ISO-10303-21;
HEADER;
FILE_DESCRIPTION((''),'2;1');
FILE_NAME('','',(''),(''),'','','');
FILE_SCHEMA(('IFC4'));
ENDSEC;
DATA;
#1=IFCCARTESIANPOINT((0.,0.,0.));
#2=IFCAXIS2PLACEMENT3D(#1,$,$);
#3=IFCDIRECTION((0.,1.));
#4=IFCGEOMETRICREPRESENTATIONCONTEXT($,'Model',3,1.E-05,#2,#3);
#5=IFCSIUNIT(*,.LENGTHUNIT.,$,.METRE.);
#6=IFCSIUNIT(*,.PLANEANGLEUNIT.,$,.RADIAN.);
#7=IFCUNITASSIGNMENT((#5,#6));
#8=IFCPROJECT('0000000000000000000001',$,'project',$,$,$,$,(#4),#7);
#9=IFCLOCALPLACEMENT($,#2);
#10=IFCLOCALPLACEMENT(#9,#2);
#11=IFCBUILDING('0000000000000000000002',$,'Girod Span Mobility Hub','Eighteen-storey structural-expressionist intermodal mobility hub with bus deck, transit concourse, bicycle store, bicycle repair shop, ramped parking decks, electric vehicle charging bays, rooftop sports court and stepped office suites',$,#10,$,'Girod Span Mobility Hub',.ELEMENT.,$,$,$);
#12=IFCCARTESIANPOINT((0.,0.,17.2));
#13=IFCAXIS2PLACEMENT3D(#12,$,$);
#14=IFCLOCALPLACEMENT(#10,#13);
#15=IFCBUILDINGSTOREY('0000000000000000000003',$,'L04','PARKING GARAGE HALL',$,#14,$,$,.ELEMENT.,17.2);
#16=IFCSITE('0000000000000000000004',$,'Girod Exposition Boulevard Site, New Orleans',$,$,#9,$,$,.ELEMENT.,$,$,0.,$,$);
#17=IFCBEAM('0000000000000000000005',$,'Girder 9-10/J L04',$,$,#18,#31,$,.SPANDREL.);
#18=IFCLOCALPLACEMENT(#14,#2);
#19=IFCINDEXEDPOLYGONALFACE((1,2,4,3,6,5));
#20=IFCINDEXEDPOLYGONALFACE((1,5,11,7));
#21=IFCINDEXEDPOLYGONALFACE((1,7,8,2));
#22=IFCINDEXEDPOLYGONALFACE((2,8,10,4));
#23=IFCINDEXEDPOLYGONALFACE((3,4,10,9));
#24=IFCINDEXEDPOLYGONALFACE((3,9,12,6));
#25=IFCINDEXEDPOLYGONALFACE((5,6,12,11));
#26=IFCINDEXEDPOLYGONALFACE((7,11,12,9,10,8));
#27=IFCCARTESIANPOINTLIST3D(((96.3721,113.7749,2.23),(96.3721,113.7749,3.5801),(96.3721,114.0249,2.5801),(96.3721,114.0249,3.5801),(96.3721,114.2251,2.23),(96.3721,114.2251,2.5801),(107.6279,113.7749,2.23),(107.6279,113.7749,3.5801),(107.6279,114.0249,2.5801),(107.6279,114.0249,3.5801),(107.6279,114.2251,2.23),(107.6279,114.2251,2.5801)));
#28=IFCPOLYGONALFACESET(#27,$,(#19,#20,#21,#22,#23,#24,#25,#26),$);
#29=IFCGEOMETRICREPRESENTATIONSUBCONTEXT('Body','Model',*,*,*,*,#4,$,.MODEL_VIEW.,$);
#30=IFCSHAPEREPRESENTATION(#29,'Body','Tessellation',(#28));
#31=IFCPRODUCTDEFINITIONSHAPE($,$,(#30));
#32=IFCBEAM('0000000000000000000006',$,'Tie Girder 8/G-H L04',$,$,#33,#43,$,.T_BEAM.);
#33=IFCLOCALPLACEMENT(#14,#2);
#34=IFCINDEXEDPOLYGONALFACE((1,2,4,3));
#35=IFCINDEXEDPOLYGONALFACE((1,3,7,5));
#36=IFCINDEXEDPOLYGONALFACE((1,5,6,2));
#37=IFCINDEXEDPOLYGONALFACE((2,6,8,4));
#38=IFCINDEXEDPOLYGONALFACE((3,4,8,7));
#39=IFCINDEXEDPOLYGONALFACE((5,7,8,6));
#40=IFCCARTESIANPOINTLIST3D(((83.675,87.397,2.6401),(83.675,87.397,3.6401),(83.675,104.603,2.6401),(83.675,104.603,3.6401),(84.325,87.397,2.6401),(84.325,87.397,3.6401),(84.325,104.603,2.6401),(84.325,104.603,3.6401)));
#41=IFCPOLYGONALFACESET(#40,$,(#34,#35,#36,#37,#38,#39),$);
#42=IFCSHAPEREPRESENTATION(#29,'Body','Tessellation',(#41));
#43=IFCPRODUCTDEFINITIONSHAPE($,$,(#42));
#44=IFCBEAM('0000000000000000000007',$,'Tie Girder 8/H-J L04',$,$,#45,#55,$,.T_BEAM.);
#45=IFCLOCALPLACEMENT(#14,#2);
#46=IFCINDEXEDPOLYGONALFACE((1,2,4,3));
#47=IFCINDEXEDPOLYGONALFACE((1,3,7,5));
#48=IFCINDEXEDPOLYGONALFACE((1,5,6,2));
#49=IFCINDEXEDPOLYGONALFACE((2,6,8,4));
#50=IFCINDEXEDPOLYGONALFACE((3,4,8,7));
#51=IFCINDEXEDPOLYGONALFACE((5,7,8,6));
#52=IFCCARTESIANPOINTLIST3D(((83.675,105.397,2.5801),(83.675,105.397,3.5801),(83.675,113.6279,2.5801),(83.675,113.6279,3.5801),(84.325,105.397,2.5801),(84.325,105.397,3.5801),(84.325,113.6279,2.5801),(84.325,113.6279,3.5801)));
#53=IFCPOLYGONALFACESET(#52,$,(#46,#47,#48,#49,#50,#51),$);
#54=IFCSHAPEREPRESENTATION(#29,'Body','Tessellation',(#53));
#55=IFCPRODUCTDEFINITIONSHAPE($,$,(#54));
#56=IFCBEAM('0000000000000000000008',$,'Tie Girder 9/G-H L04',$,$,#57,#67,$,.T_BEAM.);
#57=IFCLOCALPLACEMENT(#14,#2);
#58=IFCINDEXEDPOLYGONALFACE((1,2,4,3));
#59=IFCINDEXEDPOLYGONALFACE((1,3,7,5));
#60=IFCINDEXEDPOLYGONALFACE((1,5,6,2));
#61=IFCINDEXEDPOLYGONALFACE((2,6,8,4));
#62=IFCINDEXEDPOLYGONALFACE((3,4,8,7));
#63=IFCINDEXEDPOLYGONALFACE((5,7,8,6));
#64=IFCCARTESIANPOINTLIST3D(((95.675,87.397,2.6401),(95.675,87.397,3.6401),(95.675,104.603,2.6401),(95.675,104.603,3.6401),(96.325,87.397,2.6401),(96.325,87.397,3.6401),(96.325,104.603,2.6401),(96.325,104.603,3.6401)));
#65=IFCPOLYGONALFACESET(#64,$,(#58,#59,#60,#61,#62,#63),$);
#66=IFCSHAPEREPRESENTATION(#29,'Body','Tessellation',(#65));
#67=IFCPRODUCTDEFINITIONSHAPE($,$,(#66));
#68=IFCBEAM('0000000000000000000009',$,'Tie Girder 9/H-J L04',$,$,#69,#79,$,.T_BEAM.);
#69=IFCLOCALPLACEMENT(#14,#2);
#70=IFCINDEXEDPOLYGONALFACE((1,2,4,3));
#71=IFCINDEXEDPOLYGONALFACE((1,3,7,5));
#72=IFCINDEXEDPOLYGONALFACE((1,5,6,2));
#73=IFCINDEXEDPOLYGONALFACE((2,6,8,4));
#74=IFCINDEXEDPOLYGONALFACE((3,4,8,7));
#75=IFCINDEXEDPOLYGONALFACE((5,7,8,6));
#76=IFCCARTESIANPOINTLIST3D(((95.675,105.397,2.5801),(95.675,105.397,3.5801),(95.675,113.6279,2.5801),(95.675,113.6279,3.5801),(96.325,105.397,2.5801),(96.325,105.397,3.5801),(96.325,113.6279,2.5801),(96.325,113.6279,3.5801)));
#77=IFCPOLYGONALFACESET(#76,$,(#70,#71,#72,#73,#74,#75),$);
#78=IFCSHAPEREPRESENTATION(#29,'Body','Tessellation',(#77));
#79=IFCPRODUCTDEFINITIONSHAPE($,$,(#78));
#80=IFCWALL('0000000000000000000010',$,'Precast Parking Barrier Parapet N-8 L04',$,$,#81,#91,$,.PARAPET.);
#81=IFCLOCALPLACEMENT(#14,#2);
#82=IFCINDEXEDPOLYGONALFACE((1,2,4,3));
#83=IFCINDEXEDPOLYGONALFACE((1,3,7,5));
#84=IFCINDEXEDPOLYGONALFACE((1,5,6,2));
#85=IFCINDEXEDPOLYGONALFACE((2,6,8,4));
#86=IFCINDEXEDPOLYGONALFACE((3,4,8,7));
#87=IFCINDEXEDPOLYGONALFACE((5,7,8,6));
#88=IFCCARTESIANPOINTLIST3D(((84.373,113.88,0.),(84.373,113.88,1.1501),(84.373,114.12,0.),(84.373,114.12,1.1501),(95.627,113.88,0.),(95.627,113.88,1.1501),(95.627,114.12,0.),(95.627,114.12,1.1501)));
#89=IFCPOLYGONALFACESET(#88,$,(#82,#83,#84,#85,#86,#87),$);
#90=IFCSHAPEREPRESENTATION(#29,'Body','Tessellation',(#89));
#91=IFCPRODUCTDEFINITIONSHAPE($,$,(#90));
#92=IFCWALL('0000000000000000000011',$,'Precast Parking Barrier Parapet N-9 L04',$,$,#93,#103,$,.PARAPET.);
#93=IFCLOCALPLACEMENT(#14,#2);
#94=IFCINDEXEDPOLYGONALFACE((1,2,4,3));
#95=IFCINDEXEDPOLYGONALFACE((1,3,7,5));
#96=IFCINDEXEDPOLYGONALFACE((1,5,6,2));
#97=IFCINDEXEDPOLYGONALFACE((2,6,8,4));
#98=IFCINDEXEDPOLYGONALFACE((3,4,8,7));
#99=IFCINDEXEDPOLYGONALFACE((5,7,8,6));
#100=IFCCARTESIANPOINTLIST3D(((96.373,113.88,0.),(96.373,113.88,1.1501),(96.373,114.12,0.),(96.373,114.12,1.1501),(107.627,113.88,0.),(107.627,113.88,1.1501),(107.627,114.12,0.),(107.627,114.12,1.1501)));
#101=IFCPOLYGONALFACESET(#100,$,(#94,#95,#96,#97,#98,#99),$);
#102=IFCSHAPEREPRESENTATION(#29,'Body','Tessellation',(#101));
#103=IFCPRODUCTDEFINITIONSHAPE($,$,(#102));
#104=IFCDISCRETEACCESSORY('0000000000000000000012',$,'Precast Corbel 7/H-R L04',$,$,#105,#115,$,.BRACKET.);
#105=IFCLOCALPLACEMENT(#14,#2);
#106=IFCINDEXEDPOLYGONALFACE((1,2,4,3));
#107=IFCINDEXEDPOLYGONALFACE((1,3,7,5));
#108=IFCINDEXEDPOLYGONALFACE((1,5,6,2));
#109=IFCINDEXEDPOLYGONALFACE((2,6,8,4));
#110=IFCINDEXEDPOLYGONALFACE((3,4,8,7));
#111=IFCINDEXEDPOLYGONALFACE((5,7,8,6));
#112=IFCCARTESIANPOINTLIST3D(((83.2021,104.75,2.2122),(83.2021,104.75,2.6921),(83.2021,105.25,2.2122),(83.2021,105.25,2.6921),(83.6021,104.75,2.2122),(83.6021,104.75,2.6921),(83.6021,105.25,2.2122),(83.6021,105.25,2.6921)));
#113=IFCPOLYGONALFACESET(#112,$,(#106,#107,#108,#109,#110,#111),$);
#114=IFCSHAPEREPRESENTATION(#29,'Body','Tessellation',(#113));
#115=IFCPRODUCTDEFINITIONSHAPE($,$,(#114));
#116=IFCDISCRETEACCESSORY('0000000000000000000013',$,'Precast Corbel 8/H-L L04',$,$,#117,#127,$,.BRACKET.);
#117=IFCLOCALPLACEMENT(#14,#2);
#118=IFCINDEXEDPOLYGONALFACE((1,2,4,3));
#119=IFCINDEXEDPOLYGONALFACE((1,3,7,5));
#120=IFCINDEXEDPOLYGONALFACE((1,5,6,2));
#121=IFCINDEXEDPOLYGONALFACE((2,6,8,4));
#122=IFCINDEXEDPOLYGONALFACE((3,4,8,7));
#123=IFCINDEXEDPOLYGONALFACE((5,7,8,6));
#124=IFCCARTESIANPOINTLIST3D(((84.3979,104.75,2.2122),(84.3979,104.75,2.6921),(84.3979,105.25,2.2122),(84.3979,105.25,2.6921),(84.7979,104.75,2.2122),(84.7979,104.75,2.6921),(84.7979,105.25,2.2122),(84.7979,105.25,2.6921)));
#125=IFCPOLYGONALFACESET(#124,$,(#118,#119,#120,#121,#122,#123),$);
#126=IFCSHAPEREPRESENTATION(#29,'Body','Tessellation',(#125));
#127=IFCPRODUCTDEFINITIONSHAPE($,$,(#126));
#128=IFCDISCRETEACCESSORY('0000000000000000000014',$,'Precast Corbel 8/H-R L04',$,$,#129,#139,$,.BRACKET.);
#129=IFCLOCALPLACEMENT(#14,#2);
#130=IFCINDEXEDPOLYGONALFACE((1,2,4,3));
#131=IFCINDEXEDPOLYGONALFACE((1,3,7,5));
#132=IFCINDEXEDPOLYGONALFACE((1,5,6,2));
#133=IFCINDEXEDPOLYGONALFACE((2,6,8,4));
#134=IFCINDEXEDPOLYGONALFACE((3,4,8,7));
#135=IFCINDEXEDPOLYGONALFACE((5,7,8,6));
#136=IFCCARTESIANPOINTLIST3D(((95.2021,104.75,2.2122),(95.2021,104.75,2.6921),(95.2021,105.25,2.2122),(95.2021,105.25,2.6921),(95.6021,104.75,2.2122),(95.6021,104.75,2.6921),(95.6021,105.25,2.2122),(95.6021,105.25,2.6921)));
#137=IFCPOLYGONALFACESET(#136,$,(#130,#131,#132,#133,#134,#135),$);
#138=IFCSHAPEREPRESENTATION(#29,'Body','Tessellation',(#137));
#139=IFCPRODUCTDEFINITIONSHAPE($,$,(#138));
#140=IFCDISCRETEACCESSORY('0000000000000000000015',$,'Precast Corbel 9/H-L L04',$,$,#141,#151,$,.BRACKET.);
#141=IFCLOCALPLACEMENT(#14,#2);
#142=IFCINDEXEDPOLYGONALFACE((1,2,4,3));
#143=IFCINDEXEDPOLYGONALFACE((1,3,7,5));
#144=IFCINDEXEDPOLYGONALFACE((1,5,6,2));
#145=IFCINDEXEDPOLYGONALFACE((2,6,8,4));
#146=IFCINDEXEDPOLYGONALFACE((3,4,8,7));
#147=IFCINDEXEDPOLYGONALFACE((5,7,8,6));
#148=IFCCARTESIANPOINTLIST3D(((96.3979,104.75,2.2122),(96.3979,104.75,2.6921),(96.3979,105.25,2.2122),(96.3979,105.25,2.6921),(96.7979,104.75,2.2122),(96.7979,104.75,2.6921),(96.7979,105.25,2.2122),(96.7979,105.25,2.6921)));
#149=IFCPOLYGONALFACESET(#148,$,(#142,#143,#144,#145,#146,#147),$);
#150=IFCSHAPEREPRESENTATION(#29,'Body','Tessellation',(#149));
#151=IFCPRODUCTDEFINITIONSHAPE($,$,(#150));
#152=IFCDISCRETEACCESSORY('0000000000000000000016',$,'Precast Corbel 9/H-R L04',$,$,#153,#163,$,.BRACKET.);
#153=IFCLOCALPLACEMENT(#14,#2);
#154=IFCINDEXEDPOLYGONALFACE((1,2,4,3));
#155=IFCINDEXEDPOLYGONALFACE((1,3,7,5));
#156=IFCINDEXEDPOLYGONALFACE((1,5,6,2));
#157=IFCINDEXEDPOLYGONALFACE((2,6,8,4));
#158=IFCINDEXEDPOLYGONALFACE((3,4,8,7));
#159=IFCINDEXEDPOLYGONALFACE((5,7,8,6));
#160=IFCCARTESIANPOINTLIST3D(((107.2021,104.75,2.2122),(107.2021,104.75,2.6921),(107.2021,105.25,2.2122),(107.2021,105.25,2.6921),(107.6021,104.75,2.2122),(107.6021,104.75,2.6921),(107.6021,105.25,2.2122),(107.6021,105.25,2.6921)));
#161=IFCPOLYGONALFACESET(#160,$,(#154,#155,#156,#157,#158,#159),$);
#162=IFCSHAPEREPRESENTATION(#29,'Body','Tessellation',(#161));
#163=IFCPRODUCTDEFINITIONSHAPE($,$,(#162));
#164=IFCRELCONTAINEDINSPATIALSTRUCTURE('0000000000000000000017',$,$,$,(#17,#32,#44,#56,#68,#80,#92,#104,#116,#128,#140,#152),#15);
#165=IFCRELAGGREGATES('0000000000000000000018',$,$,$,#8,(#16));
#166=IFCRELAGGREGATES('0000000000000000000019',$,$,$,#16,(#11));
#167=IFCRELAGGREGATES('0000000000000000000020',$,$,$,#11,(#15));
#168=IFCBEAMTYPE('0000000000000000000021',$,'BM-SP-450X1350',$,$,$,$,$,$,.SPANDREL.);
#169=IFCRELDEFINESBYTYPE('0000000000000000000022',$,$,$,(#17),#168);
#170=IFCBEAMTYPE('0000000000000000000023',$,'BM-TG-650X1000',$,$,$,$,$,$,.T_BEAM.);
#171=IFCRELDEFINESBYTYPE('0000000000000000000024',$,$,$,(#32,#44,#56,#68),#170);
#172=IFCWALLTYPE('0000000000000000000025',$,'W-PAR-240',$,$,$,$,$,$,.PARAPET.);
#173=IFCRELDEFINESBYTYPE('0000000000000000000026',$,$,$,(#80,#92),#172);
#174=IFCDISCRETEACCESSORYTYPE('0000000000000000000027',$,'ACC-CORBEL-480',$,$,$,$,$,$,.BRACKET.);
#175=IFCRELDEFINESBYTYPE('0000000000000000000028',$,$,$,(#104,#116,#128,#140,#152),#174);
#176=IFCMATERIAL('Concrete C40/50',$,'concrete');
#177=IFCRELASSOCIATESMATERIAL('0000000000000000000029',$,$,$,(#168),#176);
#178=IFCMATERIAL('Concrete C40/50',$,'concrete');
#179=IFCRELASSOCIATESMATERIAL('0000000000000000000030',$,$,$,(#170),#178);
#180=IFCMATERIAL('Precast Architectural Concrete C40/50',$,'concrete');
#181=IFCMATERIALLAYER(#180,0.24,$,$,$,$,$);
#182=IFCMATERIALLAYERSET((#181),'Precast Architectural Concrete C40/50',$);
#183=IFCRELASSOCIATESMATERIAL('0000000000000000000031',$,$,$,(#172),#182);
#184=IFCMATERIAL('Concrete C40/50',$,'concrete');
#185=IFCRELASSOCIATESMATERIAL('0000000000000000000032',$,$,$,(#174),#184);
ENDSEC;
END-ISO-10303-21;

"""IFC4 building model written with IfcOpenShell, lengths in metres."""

from ifc_helpers import new_model, si_unit, direction, frame, frame_2d, origin, origin_2d, place, context, subcontext, project, spatial, polyline, rectangle, outline, extrude, material, layer, layer_set, material_profile, profile_set, type_object, element, save


model = new_model("IFC4")

# Units and contexts
model_context = context("Model", 3, precision=1e-05, world=origin(), true_north=direction((0.0, 1.0)))
body_context = subcontext(model_context, "Body", "Model", "MODEL_VIEW")
ifc_project = project(units=[si_unit("LENGTHUNIT", "METRE"), si_unit("PLANEANGLEUNIT", "RADIAN")], contexts=[model_context])

# Site, building, storey
site_placement = place(None, origin())
site = spatial("IfcSite", under=ifc_project, at=site_placement, Name="Girod Exposition Boulevard Site, New Orleans", CompositionType="ELEMENT", RefElevation=0.0)
building_placement = place(site_placement, origin())
building = spatial("IfcBuilding", under=site, at=building_placement, Name="Girod Span Mobility Hub", Description="Eighteen-storey structural-expressionist intermodal mobility hub with bus deck, transit concourse, bicycle store, bicycle repair shop, ramped parking decks, electric vehicle charging bays, rooftop sports court and stepped office suites", LongName="Girod Span Mobility Hub", CompositionType="ELEMENT")
storey_placement = place(building_placement, frame((0.0, 0.0, 17.2)))
storey = spatial("IfcBuildingStorey", under=building, at=storey_placement, Name="L04", Description="PARKING GARAGE HALL", CompositionType="ELEMENT", Elevation=17.2)

# Beams
ifc_material_1 = material(Name="Concrete C40/50", Category="concrete")
ifc_material_profile_1 = material_profile(ifc_material_1, outline(polyline([(-0.2251, -0.675), (0.2251, -0.675), (0.2251, -0.325), (0.0249, -0.325), (0.0249, 0.675), (-0.2251, 0.675), (-0.2251, -0.675)])), Name="SP-450X1350")
ifc_profile_set_1 = profile_set([ifc_material_profile_1], Name="Concrete C40/50")
beam_type_1 = type_object("IfcBeamType", Name="BM-SP-450X1350", PredefinedType="SPANDREL", material=ifc_profile_set_1)
for number, where, z_axis, x_axis, name in (
    (1, (96.3721, 114.0, 2.905), (1.0, 0.0, 0.0), (0.0, 1.0, 0.0), "Girder 9-10/J L04"),
):
    element("IfcBeam", number, at=place(storey_placement, frame(where, z_axis=z_axis, x_axis=x_axis)), inside=storey, type_object=beam_type_1, Name=name, PredefinedType="SPANDREL", context=body_context, shape_type="SweptSolid", body=[
        extrude(outline(polyline([(-0.2251, -0.675), (0.2251, -0.675), (0.2251, -0.325), (0.0249, -0.325), (0.0249, 0.675), (-0.2251, 0.675), (-0.2251, -0.675)])), origin(), (0.0, 0.0, 1.0), 11.2559),
    ])
ifc_material_2 = material(Name="Concrete C40/50", Category="concrete")
ifc_material_profile_2 = material_profile(ifc_material_2, rectangle(XDim=0.6499, YDim=1.0, at=origin_2d()), Name="TG-650X1000")
ifc_profile_set_2 = profile_set([ifc_material_profile_2], Name="Concrete C40/50")
beam_type_2 = type_object("IfcBeamType", Name="BM-TG-650X1000", PredefinedType="T_BEAM", material=ifc_profile_set_2)
beam_1_placement = place(storey_placement, frame((84.0, 87.397, 3.1401), z_axis=(0.0, 1.0, 0.0), x_axis=(-1.0, 0.0, 0.0)))
element("IfcBeam", 2, at=beam_1_placement, inside=storey, type_object=beam_type_2, Name="Tie Girder 8/G-H L04", PredefinedType="T_BEAM", context=body_context, shape_type="SweptSolid", body=[
    extrude(rectangle(XDim=0.6499, YDim=1.0, at=origin_2d()), origin(), (0.0, 0.0, 1.0), 17.2061),
])
beam_2_placement = place(storey_placement, frame((84.0, 105.397, 3.0801), z_axis=(0.0, 1.0, 0.0), x_axis=(-1.0, 0.0, 0.0)))
element("IfcBeam", 3, at=beam_2_placement, inside=storey, type_object=beam_type_2, Name="Tie Girder 8/H-J L04", PredefinedType="T_BEAM", context=body_context, shape_type="SweptSolid", body=[
    extrude(rectangle(XDim=0.6499, YDim=1.0, at=origin_2d()), origin(), (0.0, 0.0, 1.0), 8.231),
])
beam_3_placement = place(storey_placement, frame((96.0, 87.397, 3.1401), z_axis=(0.0, 1.0, 0.0), x_axis=(-1.0, 0.0, 0.0)))
element("IfcBeam", 4, at=beam_3_placement, inside=storey, type_object=beam_type_2, Name="Tie Girder 9/G-H L04", PredefinedType="T_BEAM", context=body_context, shape_type="SweptSolid", body=[
    extrude(rectangle(XDim=0.6499, YDim=1.0, at=origin_2d()), origin(), (0.0, 0.0, 1.0), 17.2061),
])
beam_4_placement = place(storey_placement, frame((96.0, 105.397, 3.0801), z_axis=(0.0, 1.0, 0.0), x_axis=(-1.0, 0.0, 0.0)))
element("IfcBeam", 5, at=beam_4_placement, inside=storey, type_object=beam_type_2, Name="Tie Girder 9/H-J L04", PredefinedType="T_BEAM", context=body_context, shape_type="SweptSolid", body=[
    extrude(rectangle(XDim=0.6499, YDim=1.0, at=origin_2d()), origin(), (0.0, 0.0, 1.0), 8.231),
])

# Walls
ifc_material_3 = material(Name="Precast Architectural Concrete C40/50", Category="concrete")
ifc_layer = layer(ifc_material_3, 0.24)
ifc_layer_set = layer_set([ifc_layer], Name="Precast Architectural Concrete C40/50")
wall_type = type_object("IfcWallType", Name="W-PAR-240", PredefinedType="PARAPET", material=ifc_layer_set)
for number, where, z_axis, x_axis, name in (
    (6, (84.373, 114.0, 0.0), (0.0, 0.0, 1.0), (1.0, 0.0, 0.0), "Precast Parking Barrier Parapet N-8 L04"),
    (7, (96.373, 114.0, 0.0), (0.0, 0.0, 1.0), (1.0, 0.0, 0.0), "Precast Parking Barrier Parapet N-9 L04"),
):
    element("IfcWall", number, at=place(storey_placement, frame(where, z_axis=z_axis, x_axis=x_axis)), inside=storey, type_object=wall_type, Name=name, PredefinedType="PARAPET", context=body_context, shape_type="SweptSolid", body=[
        extrude(rectangle(XDim=11.2539, YDim=0.24, at=frame_2d((5.627, 0.0))), origin(), (0.0, 0.0, 1.0), 1.1501),
    ])

# Discrete accessories
ifc_material_4 = material(Name="Concrete C40/50", Category="concrete")
discrete_accessory_type = type_object("IfcDiscreteAccessoryType", Name="ACC-CORBEL-480", PredefinedType="BRACKET", material=ifc_material_4)
for number, where, z_axis, x_axis, name in (
    (8, (83.4021, 105.0, 2.2122), (0.0, 0.0, 1.0), (1.0, 0.0, 0.0), "Precast Corbel 7/H-R L04"),
    (9, (84.5979, 105.0, 2.2122), (0.0, 0.0, 1.0), (1.0, 0.0, 0.0), "Precast Corbel 8/H-L L04"),
    (10, (95.4021, 105.0, 2.2122), (0.0, 0.0, 1.0), (1.0, 0.0, 0.0), "Precast Corbel 8/H-R L04"),
    (11, (96.5979, 105.0, 2.2122), (0.0, 0.0, 1.0), (1.0, 0.0, 0.0), "Precast Corbel 9/H-L L04"),
    (12, (107.4021, 105.0, 2.2122), (0.0, 0.0, 1.0), (1.0, 0.0, 0.0), "Precast Corbel 9/H-R L04"),
):
    element("IfcDiscreteAccessory", number, at=place(storey_placement, frame(where, z_axis=z_axis, x_axis=x_axis)), inside=storey, type_object=discrete_accessory_type, Name=name, PredefinedType="BRACKET", context=body_context, shape_type="SweptSolid", body=[
        extrude(rectangle(XDim=0.3999, YDim=0.5, at=origin_2d()), origin(), (0.0, 0.0, 1.0), 0.48),
    ])

save(model, "model.ifc")
